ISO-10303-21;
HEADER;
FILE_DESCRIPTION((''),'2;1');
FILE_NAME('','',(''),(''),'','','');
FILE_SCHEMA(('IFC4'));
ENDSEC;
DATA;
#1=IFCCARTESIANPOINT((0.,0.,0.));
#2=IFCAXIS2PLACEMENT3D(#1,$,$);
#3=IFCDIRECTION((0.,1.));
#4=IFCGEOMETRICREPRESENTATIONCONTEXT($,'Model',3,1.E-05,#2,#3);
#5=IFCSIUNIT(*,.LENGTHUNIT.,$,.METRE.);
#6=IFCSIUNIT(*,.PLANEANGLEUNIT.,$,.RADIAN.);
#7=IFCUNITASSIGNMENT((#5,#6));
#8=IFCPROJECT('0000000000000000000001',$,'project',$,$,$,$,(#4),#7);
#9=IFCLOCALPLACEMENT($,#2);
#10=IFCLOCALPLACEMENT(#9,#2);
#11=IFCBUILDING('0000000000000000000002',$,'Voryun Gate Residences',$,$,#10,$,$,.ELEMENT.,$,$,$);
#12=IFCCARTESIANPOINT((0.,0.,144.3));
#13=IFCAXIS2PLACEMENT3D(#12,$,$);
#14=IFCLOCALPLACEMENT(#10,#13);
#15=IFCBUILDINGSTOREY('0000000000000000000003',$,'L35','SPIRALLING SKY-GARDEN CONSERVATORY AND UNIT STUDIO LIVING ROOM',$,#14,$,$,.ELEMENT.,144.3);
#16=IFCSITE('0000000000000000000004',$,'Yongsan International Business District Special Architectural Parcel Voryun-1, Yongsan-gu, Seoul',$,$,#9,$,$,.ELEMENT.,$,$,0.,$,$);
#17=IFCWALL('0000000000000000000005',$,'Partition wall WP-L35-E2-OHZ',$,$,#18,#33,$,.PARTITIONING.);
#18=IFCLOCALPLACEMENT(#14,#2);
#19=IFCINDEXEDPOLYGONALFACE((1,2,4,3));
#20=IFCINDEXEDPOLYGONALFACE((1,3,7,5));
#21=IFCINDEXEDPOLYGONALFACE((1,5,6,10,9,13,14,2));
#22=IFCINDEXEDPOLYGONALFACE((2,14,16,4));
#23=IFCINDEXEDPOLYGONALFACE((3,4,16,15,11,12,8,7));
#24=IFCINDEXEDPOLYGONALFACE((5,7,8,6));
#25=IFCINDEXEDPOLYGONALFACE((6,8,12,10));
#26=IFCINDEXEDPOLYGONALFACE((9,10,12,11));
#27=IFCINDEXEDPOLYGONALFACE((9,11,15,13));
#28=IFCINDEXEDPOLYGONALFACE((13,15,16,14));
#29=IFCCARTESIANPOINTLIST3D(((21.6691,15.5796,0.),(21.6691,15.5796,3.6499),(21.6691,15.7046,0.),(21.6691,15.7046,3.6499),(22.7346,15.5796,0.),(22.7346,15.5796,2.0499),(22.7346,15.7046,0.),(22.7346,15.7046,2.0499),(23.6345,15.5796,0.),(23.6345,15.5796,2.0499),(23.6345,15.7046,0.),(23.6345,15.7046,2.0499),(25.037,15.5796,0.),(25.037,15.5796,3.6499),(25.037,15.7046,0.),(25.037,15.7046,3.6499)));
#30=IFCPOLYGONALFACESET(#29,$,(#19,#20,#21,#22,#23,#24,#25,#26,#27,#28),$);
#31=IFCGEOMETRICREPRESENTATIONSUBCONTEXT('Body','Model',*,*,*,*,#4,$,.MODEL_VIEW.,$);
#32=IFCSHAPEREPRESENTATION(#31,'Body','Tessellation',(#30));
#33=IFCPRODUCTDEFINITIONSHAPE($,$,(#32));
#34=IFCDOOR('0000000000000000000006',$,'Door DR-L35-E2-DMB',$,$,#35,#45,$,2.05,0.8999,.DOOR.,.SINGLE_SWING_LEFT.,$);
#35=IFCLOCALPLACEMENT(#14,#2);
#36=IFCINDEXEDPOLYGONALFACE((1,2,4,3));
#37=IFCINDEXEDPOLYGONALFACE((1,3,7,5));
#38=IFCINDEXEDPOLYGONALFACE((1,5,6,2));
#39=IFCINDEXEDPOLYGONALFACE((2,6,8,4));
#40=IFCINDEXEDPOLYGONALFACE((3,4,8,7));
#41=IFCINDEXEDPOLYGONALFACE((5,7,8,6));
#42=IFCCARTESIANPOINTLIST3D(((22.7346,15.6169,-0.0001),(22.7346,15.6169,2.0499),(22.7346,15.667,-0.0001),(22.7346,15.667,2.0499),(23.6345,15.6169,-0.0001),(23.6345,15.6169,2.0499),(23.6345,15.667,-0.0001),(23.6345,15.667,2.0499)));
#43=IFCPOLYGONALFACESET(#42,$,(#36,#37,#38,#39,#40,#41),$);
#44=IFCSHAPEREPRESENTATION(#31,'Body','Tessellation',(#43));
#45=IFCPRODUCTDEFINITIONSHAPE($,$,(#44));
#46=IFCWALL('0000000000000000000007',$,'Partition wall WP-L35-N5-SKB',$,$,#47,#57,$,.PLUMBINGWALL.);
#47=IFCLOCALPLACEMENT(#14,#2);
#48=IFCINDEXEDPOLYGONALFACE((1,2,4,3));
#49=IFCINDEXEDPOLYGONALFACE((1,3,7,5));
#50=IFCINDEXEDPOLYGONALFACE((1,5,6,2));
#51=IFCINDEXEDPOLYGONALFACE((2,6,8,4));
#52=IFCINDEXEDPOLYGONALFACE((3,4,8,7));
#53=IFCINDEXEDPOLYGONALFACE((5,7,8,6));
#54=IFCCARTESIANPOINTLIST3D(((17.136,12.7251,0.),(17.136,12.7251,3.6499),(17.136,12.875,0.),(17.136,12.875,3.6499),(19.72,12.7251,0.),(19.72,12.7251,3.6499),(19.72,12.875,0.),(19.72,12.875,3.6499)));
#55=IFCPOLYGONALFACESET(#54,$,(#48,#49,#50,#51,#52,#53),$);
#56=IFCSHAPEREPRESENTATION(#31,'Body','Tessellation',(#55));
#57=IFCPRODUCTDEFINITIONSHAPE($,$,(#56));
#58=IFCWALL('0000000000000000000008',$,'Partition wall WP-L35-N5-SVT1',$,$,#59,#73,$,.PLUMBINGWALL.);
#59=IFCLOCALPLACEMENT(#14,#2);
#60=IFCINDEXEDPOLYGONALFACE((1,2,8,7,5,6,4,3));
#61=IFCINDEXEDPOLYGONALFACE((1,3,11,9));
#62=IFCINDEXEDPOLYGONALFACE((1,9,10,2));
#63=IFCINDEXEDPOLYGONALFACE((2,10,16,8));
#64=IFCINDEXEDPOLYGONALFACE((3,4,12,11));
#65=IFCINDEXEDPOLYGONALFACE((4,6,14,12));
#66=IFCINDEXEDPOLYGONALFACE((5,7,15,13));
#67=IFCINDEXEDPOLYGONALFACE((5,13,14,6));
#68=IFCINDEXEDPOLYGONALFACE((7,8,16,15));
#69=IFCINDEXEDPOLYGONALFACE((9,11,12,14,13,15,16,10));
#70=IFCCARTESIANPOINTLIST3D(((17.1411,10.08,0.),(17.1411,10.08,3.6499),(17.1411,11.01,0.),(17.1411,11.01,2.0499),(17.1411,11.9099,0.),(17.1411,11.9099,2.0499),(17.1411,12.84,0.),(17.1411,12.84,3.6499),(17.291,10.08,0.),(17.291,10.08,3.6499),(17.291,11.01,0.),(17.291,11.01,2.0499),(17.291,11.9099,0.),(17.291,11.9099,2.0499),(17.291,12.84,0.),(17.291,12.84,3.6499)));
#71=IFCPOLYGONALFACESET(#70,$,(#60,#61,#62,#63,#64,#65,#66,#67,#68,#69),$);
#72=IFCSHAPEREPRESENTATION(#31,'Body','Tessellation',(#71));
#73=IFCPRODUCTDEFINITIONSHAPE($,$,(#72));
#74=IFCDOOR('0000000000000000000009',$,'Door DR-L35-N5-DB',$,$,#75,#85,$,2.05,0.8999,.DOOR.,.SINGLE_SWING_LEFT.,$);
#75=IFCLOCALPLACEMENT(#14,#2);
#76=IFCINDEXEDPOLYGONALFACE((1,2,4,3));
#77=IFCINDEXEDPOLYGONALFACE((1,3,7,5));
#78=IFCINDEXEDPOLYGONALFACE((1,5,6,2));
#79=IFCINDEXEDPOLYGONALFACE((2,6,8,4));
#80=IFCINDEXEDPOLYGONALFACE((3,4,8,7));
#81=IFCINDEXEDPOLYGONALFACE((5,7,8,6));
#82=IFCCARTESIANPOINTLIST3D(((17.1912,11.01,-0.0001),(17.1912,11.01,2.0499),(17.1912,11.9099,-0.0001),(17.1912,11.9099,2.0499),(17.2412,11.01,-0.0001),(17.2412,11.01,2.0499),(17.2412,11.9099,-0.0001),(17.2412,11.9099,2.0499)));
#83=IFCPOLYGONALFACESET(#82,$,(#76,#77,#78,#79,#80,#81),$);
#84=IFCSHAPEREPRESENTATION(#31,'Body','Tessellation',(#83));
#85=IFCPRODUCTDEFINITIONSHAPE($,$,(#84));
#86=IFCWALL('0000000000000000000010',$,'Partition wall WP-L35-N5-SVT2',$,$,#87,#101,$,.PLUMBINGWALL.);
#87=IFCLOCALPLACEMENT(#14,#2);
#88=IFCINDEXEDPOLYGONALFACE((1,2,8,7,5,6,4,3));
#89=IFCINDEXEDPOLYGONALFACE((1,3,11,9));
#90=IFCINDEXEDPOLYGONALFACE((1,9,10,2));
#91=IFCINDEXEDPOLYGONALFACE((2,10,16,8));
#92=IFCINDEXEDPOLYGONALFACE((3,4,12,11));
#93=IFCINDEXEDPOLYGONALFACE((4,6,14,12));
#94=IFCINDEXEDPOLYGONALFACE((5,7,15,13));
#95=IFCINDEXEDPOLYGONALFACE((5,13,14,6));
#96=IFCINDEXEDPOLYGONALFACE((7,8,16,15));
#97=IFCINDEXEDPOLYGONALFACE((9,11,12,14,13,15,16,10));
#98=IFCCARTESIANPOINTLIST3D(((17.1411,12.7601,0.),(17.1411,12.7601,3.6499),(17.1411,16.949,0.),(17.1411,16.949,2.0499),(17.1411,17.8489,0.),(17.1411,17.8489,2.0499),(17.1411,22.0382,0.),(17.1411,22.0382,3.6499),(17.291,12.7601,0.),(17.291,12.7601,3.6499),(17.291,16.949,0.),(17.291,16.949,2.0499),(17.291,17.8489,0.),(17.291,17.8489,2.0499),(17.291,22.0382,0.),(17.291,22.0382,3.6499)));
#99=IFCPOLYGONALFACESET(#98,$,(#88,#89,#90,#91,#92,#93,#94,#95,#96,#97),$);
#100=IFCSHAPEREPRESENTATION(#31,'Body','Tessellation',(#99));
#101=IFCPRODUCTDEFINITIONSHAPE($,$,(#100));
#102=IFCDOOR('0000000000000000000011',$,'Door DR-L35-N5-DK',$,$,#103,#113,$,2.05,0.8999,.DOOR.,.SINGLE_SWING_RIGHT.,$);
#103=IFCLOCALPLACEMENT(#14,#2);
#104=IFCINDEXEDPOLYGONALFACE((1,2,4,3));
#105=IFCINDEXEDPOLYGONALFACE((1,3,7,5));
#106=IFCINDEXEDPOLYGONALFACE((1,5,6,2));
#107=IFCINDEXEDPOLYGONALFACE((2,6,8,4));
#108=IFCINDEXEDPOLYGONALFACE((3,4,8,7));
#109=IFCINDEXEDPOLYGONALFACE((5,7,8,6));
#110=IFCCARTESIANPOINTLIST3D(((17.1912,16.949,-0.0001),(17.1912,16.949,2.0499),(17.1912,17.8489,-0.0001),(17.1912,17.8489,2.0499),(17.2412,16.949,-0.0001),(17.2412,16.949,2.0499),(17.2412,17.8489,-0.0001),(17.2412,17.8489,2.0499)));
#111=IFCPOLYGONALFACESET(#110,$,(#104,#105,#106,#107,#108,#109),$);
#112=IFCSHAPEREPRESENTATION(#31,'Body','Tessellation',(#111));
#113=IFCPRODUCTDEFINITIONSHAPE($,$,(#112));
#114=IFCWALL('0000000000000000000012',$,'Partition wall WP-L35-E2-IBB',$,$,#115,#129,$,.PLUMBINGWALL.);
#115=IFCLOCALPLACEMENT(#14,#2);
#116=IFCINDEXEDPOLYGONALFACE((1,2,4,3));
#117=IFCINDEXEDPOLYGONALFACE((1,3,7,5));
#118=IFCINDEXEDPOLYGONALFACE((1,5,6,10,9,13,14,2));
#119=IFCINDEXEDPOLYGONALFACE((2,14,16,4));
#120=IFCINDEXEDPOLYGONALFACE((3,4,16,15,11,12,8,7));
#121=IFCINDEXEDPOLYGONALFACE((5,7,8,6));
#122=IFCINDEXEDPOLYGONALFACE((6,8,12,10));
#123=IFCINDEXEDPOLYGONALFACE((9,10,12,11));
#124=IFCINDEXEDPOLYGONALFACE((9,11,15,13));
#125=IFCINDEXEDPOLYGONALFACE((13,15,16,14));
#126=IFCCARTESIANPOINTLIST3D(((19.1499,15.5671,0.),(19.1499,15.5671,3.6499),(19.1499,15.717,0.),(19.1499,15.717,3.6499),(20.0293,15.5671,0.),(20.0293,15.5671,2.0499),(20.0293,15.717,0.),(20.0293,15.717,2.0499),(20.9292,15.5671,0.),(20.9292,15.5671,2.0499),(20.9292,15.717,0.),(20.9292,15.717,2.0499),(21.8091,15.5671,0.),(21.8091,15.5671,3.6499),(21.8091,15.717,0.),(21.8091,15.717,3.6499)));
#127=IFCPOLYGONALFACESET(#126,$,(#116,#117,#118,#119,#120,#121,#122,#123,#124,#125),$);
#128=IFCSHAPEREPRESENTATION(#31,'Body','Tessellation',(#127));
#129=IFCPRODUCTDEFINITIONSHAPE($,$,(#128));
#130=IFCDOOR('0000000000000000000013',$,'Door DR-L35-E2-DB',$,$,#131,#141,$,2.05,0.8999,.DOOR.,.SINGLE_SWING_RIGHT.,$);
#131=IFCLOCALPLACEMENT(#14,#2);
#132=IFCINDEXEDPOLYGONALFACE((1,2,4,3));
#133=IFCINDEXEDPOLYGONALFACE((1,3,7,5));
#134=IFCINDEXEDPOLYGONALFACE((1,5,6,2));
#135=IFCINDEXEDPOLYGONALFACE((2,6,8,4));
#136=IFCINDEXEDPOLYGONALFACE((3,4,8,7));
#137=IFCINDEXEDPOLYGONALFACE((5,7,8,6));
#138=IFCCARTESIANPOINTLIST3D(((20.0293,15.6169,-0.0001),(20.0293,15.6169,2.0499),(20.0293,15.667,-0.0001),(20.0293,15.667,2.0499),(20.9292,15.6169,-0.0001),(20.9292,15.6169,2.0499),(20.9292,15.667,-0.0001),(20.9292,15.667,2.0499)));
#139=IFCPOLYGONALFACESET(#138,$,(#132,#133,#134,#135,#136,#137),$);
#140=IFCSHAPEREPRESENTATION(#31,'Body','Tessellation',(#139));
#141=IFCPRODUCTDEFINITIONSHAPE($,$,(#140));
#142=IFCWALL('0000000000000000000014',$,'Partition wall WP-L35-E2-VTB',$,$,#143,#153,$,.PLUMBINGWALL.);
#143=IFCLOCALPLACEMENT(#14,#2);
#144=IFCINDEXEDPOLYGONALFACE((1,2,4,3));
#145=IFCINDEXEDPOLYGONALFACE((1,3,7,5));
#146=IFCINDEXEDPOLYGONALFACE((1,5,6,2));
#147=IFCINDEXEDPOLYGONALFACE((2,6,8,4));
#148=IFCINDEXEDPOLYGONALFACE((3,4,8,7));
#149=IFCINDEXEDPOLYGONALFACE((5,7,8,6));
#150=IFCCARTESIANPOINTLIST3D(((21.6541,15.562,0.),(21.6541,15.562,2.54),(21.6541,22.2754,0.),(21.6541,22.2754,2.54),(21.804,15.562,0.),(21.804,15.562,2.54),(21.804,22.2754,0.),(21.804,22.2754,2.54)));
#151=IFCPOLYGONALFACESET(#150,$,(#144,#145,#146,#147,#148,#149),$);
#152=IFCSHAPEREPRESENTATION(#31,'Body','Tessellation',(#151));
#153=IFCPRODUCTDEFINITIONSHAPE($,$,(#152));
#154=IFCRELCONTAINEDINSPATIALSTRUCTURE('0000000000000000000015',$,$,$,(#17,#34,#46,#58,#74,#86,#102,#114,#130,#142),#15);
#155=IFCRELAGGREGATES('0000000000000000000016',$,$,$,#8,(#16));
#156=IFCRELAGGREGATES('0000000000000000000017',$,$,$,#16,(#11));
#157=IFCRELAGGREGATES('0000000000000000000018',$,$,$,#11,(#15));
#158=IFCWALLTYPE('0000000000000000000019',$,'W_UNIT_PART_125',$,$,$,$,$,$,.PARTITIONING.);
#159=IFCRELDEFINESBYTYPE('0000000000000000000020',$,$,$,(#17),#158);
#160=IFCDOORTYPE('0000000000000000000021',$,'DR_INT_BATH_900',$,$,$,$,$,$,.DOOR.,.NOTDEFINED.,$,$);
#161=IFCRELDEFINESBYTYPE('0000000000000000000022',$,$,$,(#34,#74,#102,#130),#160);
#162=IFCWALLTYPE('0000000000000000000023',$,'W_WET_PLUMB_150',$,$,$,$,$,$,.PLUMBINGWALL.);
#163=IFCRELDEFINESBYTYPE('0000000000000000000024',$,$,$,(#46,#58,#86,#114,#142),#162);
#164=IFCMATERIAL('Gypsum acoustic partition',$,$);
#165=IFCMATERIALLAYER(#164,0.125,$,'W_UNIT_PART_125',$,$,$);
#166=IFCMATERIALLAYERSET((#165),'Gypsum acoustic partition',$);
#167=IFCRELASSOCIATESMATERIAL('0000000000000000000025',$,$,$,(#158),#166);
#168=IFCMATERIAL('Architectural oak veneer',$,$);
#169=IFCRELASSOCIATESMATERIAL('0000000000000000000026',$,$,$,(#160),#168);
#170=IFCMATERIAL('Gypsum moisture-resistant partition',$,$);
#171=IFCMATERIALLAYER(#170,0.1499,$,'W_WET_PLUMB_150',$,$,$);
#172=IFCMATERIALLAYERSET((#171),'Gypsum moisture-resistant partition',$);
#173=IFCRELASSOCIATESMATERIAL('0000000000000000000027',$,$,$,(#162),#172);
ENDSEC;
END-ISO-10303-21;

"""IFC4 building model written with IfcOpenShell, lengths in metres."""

from ifc_helpers import new_model, si_unit, direction, frame, frame_2d, origin, place, context, subcontext, project, spatial, rectangle, extrude, material, layer, layer_set, type_object, element, fill, save


model = new_model("IFC4")

# Units and contexts
model_context = context("Model", 3, precision=1e-05, world=origin(), true_north=direction((0.0, 1.0)))
body_context = subcontext(model_context, "Body", "Model", "MODEL_VIEW")
ifc_project = project(units=[si_unit("LENGTHUNIT", "METRE"), si_unit("PLANEANGLEUNIT", "RADIAN")], contexts=[model_context])

# Site, building, storey
site_placement = place(None, origin())
site = spatial("IfcSite", under=ifc_project, at=site_placement, Name="Yongsan International Business District Special Architectural Parcel Voryun-1, Yongsan-gu, Seoul", CompositionType="ELEMENT", RefElevation=0.0)
building_placement = place(site_placement, origin())
building = spatial("IfcBuilding", under=site, at=building_placement, Name="Voryun Gate Residences", CompositionType="ELEMENT")
storey_placement = place(building_placement, frame((0.0, 0.0, 144.3)))
storey = spatial("IfcBuildingStorey", under=building, at=storey_placement, Name="L35", Description="SPIRALLING SKY-GARDEN CONSERVATORY AND UNIT STUDIO LIVING ROOM", CompositionType="ELEMENT", Elevation=144.3)

# Wall, opening, door
ifc_material_1 = material(Name="Gypsum acoustic partition")
ifc_layer_1 = layer(ifc_material_1, 0.125, Name="W_UNIT_PART_125")
ifc_layer_set_1 = layer_set([ifc_layer_1], Name="Gypsum acoustic partition")
wall_type_1 = type_object("IfcWallType", Name="W_UNIT_PART_125", PredefinedType="PARTITIONING", material=ifc_layer_set_1)
wall_1_placement = place(storey_placement, frame((21.6689, 15.6421, 0.0), z_axis=(0.0, 0.0, 1.0), x_axis=(1.0, 0.0, 0.0)))
wall_1 = element("IfcWall", 1, at=wall_1_placement, inside=storey, type_object=wall_type_1, Name="Partition wall WP-L35-E2-OHZ", PredefinedType="PARTITIONING", context=body_context, shape_type="SweptSolid", body=[
    extrude(rectangle(XDim=3.3679, YDim=0.125, at=frame_2d((1.6841, 0.0))), origin(), (0.0, 0.0, 1.0), 3.6499),
])
opening_1_placement = place(wall_1_placement, frame((1.0657, 0.0, 0.0)))
opening_1 = element("IfcOpeningElement", 2, at=opening_1_placement, cuts=wall_1, PredefinedType="OPENING", context=body_context, shape_type="SweptSolid", body=[
    extrude(rectangle(XDim=0.8999, YDim=2.05, at=frame_2d((0.45, 1.0249))), frame((0.0, 0.0725, 0.0), z_axis=(0.0, -1.0, 0.0), x_axis=(1.0, 0.0, 0.0)), (0.0, 0.0, 1.0), 0.145),
])
ifc_material_2 = material(Name="Architectural oak veneer")
door_type = type_object("IfcDoorType", Name="DR_INT_BATH_900", OperationType="NOTDEFINED", PredefinedType="DOOR", material=ifc_material_2)
door_1_placement = place(opening_1_placement, origin())
door_1 = element("IfcDoor", 3, at=door_1_placement, inside=storey, type_object=door_type, Name="Door DR-L35-E2-DMB", OperationType="SINGLE_SWING_LEFT", OverallHeight=2.05, OverallWidth=0.8999, PredefinedType="DOOR", context=body_context, shape_type="SweptSolid", body=[
    extrude(rectangle(XDim=0.8999, YDim=2.05, at=frame_2d((0.45, 1.0249))), frame((0.0, 0.0249, 0.0), z_axis=(0.0, -1.0, 0.0), x_axis=(1.0, 0.0, 0.0)), (0.0, 0.0, 1.0), 0.05),
])
fill(opening_1, door_1)

# Wall
ifc_material_3 = material(Name="Gypsum moisture-resistant partition")
ifc_layer_2 = layer(ifc_material_3, 0.1499, Name="W_WET_PLUMB_150")
ifc_layer_set_2 = layer_set([ifc_layer_2], Name="Gypsum moisture-resistant partition")
wall_type_2 = type_object("IfcWallType", Name="W_WET_PLUMB_150", PredefinedType="PLUMBINGWALL", material=ifc_layer_set_2)
wall_2_placement = place(storey_placement, frame((17.136, 12.8, 0.0), z_axis=(0.0, 0.0, 1.0), x_axis=(1.0, 0.0, 0.0)))
element("IfcWall", 4, at=wall_2_placement, inside=storey, type_object=wall_type_2, Name="Partition wall WP-L35-N5-SKB", PredefinedType="PLUMBINGWALL", context=body_context, shape_type="SweptSolid", body=[
    extrude(rectangle(XDim=2.584, YDim=0.1499, at=frame_2d((1.292, 0.0))), origin(), (0.0, 0.0, 1.0), 3.6499),
])

# Walls, openings, doors
wall_3_placement = place(storey_placement, frame((17.2161, 10.0801, 0.0), z_axis=(0.0, 0.0, 1.0), x_axis=(0.0, 1.0, 0.0)))
wall_3 = element("IfcWall", 5, at=wall_3_placement, inside=storey, type_object=wall_type_2, Name="Partition wall WP-L35-N5-SVT1", PredefinedType="PLUMBINGWALL", context=body_context, shape_type="SweptSolid", body=[
    extrude(rectangle(XDim=2.76, YDim=0.1499, at=frame_2d((1.3799, 0.0))), origin(), (0.0, 0.0, 1.0), 3.6499),
])
opening_2_placement = place(wall_3_placement, frame((0.9299, 0.0, 0.0)))
opening_2 = element("IfcOpeningElement", 6, at=opening_2_placement, cuts=wall_3, PredefinedType="OPENING", context=body_context, shape_type="SweptSolid", body=[
    extrude(rectangle(XDim=0.8999, YDim=2.05, at=frame_2d((0.45, 1.0249))), frame((0.0, 0.085, 0.0), z_axis=(0.0, -1.0, 0.0), x_axis=(1.0, 0.0, 0.0)), (0.0, 0.0, 1.0), 0.1699),
])
door_2_placement = place(opening_2_placement, origin())
door_2 = element("IfcDoor", 7, at=door_2_placement, inside=storey, type_object=door_type, Name="Door DR-L35-N5-DB", OperationType="SINGLE_SWING_LEFT", OverallHeight=2.05, OverallWidth=0.8999, PredefinedType="DOOR", context=body_context, shape_type="SweptSolid", body=[
    extrude(rectangle(XDim=0.8999, YDim=2.05, at=frame_2d((0.45, 1.0249))), frame((0.0, 0.0249, 0.0), z_axis=(0.0, -1.0, 0.0), x_axis=(1.0, 0.0, 0.0)), (0.0, 0.0, 1.0), 0.05),
])
fill(opening_2, door_2)
wall_4_placement = place(storey_placement, frame((17.2161, 12.76, 0.0), z_axis=(0.0, 0.0, 1.0), x_axis=(0.0, 1.0, 0.0)))
wall_4 = element("IfcWall", 8, at=wall_4_placement, inside=storey, type_object=wall_type_2, Name="Partition wall WP-L35-N5-SVT2", PredefinedType="PLUMBINGWALL", context=body_context, shape_type="SweptSolid", body=[
    extrude(rectangle(XDim=9.2781, YDim=0.1499, at=frame_2d((4.6392, 0.0))), origin(), (0.0, 0.0, 1.0), 3.6499),
])
opening_3_placement = place(wall_4_placement, frame((4.189, 0.0, 0.0)))
opening_3 = element("IfcOpeningElement", 9, at=opening_3_placement, cuts=wall_4, PredefinedType="OPENING", context=body_context, shape_type="SweptSolid", body=[
    extrude(rectangle(XDim=0.8999, YDim=2.05, at=frame_2d((0.45, 1.0249))), frame((0.0, 0.085, 0.0), z_axis=(0.0, -1.0, 0.0), x_axis=(1.0, 0.0, 0.0)), (0.0, 0.0, 1.0), 0.1699),
])
door_3_placement = place(opening_3_placement, origin())
door_3 = element("IfcDoor", 10, at=door_3_placement, inside=storey, type_object=door_type, Name="Door DR-L35-N5-DK", OperationType="SINGLE_SWING_RIGHT", OverallHeight=2.05, OverallWidth=0.8999, PredefinedType="DOOR", context=body_context, shape_type="SweptSolid", body=[
    extrude(rectangle(XDim=0.8999, YDim=2.05, at=frame_2d((0.45, 1.0249))), frame((0.0, 0.0249, 0.0), z_axis=(0.0, -1.0, 0.0), x_axis=(1.0, 0.0, 0.0)), (0.0, 0.0, 1.0), 0.05),
])
fill(opening_3, door_3)
wall_5_placement = place(storey_placement, frame((19.1499, 15.6421, 0.0), z_axis=(0.0, 0.0, 1.0), x_axis=(1.0, 0.0, 0.0)))
wall_5 = element("IfcWall", 11, at=wall_5_placement, inside=storey, type_object=wall_type_2, Name="Partition wall WP-L35-E2-IBB", PredefinedType="PLUMBINGWALL", context=body_context, shape_type="SweptSolid", body=[
    extrude(rectangle(XDim=2.6592, YDim=0.1499, at=frame_2d((1.3296, 0.0))), origin(), (0.0, 0.0, 1.0), 3.6499),
])
opening_4_placement = place(wall_5_placement, frame((0.8794, 0.0, 0.0)))
opening_4 = element("IfcOpeningElement", 12, at=opening_4_placement, cuts=wall_5, PredefinedType="OPENING", context=body_context, shape_type="SweptSolid", body=[
    extrude(rectangle(XDim=0.8999, YDim=2.05, at=frame_2d((0.45, 1.0249))), frame((0.0, 0.085, 0.0), z_axis=(0.0, -1.0, 0.0), x_axis=(1.0, 0.0, 0.0)), (0.0, 0.0, 1.0), 0.1699),
])
door_4_placement = place(opening_4_placement, origin())
door_4 = element("IfcDoor", 13, at=door_4_placement, inside=storey, type_object=door_type, Name="Door DR-L35-E2-DB", OperationType="SINGLE_SWING_RIGHT", OverallHeight=2.05, OverallWidth=0.8999, PredefinedType="DOOR", context=body_context, shape_type="SweptSolid", body=[
    extrude(rectangle(XDim=0.8999, YDim=2.05, at=frame_2d((0.45, 1.0249))), frame((0.0, 0.0249, 0.0), z_axis=(0.0, -1.0, 0.0), x_axis=(1.0, 0.0, 0.0)), (0.0, 0.0, 1.0), 0.05),
])
fill(opening_4, door_4)

# Wall
wall_6_placement = place(storey_placement, frame((21.729, 15.562, 0.0), z_axis=(0.0, 0.0, 1.0), x_axis=(0.0, 1.0, 0.0)))
element("IfcWall", 14, at=wall_6_placement, inside=storey, type_object=wall_type_2, Name="Partition wall WP-L35-E2-VTB", PredefinedType="PLUMBINGWALL", context=body_context, shape_type="SweptSolid", body=[
    extrude(rectangle(XDim=6.7134, YDim=0.1499, at=frame_2d((3.3567, 0.0))), origin(), (0.0, 0.0, 1.0), 2.54),
])

save(model, "model.ifc")
